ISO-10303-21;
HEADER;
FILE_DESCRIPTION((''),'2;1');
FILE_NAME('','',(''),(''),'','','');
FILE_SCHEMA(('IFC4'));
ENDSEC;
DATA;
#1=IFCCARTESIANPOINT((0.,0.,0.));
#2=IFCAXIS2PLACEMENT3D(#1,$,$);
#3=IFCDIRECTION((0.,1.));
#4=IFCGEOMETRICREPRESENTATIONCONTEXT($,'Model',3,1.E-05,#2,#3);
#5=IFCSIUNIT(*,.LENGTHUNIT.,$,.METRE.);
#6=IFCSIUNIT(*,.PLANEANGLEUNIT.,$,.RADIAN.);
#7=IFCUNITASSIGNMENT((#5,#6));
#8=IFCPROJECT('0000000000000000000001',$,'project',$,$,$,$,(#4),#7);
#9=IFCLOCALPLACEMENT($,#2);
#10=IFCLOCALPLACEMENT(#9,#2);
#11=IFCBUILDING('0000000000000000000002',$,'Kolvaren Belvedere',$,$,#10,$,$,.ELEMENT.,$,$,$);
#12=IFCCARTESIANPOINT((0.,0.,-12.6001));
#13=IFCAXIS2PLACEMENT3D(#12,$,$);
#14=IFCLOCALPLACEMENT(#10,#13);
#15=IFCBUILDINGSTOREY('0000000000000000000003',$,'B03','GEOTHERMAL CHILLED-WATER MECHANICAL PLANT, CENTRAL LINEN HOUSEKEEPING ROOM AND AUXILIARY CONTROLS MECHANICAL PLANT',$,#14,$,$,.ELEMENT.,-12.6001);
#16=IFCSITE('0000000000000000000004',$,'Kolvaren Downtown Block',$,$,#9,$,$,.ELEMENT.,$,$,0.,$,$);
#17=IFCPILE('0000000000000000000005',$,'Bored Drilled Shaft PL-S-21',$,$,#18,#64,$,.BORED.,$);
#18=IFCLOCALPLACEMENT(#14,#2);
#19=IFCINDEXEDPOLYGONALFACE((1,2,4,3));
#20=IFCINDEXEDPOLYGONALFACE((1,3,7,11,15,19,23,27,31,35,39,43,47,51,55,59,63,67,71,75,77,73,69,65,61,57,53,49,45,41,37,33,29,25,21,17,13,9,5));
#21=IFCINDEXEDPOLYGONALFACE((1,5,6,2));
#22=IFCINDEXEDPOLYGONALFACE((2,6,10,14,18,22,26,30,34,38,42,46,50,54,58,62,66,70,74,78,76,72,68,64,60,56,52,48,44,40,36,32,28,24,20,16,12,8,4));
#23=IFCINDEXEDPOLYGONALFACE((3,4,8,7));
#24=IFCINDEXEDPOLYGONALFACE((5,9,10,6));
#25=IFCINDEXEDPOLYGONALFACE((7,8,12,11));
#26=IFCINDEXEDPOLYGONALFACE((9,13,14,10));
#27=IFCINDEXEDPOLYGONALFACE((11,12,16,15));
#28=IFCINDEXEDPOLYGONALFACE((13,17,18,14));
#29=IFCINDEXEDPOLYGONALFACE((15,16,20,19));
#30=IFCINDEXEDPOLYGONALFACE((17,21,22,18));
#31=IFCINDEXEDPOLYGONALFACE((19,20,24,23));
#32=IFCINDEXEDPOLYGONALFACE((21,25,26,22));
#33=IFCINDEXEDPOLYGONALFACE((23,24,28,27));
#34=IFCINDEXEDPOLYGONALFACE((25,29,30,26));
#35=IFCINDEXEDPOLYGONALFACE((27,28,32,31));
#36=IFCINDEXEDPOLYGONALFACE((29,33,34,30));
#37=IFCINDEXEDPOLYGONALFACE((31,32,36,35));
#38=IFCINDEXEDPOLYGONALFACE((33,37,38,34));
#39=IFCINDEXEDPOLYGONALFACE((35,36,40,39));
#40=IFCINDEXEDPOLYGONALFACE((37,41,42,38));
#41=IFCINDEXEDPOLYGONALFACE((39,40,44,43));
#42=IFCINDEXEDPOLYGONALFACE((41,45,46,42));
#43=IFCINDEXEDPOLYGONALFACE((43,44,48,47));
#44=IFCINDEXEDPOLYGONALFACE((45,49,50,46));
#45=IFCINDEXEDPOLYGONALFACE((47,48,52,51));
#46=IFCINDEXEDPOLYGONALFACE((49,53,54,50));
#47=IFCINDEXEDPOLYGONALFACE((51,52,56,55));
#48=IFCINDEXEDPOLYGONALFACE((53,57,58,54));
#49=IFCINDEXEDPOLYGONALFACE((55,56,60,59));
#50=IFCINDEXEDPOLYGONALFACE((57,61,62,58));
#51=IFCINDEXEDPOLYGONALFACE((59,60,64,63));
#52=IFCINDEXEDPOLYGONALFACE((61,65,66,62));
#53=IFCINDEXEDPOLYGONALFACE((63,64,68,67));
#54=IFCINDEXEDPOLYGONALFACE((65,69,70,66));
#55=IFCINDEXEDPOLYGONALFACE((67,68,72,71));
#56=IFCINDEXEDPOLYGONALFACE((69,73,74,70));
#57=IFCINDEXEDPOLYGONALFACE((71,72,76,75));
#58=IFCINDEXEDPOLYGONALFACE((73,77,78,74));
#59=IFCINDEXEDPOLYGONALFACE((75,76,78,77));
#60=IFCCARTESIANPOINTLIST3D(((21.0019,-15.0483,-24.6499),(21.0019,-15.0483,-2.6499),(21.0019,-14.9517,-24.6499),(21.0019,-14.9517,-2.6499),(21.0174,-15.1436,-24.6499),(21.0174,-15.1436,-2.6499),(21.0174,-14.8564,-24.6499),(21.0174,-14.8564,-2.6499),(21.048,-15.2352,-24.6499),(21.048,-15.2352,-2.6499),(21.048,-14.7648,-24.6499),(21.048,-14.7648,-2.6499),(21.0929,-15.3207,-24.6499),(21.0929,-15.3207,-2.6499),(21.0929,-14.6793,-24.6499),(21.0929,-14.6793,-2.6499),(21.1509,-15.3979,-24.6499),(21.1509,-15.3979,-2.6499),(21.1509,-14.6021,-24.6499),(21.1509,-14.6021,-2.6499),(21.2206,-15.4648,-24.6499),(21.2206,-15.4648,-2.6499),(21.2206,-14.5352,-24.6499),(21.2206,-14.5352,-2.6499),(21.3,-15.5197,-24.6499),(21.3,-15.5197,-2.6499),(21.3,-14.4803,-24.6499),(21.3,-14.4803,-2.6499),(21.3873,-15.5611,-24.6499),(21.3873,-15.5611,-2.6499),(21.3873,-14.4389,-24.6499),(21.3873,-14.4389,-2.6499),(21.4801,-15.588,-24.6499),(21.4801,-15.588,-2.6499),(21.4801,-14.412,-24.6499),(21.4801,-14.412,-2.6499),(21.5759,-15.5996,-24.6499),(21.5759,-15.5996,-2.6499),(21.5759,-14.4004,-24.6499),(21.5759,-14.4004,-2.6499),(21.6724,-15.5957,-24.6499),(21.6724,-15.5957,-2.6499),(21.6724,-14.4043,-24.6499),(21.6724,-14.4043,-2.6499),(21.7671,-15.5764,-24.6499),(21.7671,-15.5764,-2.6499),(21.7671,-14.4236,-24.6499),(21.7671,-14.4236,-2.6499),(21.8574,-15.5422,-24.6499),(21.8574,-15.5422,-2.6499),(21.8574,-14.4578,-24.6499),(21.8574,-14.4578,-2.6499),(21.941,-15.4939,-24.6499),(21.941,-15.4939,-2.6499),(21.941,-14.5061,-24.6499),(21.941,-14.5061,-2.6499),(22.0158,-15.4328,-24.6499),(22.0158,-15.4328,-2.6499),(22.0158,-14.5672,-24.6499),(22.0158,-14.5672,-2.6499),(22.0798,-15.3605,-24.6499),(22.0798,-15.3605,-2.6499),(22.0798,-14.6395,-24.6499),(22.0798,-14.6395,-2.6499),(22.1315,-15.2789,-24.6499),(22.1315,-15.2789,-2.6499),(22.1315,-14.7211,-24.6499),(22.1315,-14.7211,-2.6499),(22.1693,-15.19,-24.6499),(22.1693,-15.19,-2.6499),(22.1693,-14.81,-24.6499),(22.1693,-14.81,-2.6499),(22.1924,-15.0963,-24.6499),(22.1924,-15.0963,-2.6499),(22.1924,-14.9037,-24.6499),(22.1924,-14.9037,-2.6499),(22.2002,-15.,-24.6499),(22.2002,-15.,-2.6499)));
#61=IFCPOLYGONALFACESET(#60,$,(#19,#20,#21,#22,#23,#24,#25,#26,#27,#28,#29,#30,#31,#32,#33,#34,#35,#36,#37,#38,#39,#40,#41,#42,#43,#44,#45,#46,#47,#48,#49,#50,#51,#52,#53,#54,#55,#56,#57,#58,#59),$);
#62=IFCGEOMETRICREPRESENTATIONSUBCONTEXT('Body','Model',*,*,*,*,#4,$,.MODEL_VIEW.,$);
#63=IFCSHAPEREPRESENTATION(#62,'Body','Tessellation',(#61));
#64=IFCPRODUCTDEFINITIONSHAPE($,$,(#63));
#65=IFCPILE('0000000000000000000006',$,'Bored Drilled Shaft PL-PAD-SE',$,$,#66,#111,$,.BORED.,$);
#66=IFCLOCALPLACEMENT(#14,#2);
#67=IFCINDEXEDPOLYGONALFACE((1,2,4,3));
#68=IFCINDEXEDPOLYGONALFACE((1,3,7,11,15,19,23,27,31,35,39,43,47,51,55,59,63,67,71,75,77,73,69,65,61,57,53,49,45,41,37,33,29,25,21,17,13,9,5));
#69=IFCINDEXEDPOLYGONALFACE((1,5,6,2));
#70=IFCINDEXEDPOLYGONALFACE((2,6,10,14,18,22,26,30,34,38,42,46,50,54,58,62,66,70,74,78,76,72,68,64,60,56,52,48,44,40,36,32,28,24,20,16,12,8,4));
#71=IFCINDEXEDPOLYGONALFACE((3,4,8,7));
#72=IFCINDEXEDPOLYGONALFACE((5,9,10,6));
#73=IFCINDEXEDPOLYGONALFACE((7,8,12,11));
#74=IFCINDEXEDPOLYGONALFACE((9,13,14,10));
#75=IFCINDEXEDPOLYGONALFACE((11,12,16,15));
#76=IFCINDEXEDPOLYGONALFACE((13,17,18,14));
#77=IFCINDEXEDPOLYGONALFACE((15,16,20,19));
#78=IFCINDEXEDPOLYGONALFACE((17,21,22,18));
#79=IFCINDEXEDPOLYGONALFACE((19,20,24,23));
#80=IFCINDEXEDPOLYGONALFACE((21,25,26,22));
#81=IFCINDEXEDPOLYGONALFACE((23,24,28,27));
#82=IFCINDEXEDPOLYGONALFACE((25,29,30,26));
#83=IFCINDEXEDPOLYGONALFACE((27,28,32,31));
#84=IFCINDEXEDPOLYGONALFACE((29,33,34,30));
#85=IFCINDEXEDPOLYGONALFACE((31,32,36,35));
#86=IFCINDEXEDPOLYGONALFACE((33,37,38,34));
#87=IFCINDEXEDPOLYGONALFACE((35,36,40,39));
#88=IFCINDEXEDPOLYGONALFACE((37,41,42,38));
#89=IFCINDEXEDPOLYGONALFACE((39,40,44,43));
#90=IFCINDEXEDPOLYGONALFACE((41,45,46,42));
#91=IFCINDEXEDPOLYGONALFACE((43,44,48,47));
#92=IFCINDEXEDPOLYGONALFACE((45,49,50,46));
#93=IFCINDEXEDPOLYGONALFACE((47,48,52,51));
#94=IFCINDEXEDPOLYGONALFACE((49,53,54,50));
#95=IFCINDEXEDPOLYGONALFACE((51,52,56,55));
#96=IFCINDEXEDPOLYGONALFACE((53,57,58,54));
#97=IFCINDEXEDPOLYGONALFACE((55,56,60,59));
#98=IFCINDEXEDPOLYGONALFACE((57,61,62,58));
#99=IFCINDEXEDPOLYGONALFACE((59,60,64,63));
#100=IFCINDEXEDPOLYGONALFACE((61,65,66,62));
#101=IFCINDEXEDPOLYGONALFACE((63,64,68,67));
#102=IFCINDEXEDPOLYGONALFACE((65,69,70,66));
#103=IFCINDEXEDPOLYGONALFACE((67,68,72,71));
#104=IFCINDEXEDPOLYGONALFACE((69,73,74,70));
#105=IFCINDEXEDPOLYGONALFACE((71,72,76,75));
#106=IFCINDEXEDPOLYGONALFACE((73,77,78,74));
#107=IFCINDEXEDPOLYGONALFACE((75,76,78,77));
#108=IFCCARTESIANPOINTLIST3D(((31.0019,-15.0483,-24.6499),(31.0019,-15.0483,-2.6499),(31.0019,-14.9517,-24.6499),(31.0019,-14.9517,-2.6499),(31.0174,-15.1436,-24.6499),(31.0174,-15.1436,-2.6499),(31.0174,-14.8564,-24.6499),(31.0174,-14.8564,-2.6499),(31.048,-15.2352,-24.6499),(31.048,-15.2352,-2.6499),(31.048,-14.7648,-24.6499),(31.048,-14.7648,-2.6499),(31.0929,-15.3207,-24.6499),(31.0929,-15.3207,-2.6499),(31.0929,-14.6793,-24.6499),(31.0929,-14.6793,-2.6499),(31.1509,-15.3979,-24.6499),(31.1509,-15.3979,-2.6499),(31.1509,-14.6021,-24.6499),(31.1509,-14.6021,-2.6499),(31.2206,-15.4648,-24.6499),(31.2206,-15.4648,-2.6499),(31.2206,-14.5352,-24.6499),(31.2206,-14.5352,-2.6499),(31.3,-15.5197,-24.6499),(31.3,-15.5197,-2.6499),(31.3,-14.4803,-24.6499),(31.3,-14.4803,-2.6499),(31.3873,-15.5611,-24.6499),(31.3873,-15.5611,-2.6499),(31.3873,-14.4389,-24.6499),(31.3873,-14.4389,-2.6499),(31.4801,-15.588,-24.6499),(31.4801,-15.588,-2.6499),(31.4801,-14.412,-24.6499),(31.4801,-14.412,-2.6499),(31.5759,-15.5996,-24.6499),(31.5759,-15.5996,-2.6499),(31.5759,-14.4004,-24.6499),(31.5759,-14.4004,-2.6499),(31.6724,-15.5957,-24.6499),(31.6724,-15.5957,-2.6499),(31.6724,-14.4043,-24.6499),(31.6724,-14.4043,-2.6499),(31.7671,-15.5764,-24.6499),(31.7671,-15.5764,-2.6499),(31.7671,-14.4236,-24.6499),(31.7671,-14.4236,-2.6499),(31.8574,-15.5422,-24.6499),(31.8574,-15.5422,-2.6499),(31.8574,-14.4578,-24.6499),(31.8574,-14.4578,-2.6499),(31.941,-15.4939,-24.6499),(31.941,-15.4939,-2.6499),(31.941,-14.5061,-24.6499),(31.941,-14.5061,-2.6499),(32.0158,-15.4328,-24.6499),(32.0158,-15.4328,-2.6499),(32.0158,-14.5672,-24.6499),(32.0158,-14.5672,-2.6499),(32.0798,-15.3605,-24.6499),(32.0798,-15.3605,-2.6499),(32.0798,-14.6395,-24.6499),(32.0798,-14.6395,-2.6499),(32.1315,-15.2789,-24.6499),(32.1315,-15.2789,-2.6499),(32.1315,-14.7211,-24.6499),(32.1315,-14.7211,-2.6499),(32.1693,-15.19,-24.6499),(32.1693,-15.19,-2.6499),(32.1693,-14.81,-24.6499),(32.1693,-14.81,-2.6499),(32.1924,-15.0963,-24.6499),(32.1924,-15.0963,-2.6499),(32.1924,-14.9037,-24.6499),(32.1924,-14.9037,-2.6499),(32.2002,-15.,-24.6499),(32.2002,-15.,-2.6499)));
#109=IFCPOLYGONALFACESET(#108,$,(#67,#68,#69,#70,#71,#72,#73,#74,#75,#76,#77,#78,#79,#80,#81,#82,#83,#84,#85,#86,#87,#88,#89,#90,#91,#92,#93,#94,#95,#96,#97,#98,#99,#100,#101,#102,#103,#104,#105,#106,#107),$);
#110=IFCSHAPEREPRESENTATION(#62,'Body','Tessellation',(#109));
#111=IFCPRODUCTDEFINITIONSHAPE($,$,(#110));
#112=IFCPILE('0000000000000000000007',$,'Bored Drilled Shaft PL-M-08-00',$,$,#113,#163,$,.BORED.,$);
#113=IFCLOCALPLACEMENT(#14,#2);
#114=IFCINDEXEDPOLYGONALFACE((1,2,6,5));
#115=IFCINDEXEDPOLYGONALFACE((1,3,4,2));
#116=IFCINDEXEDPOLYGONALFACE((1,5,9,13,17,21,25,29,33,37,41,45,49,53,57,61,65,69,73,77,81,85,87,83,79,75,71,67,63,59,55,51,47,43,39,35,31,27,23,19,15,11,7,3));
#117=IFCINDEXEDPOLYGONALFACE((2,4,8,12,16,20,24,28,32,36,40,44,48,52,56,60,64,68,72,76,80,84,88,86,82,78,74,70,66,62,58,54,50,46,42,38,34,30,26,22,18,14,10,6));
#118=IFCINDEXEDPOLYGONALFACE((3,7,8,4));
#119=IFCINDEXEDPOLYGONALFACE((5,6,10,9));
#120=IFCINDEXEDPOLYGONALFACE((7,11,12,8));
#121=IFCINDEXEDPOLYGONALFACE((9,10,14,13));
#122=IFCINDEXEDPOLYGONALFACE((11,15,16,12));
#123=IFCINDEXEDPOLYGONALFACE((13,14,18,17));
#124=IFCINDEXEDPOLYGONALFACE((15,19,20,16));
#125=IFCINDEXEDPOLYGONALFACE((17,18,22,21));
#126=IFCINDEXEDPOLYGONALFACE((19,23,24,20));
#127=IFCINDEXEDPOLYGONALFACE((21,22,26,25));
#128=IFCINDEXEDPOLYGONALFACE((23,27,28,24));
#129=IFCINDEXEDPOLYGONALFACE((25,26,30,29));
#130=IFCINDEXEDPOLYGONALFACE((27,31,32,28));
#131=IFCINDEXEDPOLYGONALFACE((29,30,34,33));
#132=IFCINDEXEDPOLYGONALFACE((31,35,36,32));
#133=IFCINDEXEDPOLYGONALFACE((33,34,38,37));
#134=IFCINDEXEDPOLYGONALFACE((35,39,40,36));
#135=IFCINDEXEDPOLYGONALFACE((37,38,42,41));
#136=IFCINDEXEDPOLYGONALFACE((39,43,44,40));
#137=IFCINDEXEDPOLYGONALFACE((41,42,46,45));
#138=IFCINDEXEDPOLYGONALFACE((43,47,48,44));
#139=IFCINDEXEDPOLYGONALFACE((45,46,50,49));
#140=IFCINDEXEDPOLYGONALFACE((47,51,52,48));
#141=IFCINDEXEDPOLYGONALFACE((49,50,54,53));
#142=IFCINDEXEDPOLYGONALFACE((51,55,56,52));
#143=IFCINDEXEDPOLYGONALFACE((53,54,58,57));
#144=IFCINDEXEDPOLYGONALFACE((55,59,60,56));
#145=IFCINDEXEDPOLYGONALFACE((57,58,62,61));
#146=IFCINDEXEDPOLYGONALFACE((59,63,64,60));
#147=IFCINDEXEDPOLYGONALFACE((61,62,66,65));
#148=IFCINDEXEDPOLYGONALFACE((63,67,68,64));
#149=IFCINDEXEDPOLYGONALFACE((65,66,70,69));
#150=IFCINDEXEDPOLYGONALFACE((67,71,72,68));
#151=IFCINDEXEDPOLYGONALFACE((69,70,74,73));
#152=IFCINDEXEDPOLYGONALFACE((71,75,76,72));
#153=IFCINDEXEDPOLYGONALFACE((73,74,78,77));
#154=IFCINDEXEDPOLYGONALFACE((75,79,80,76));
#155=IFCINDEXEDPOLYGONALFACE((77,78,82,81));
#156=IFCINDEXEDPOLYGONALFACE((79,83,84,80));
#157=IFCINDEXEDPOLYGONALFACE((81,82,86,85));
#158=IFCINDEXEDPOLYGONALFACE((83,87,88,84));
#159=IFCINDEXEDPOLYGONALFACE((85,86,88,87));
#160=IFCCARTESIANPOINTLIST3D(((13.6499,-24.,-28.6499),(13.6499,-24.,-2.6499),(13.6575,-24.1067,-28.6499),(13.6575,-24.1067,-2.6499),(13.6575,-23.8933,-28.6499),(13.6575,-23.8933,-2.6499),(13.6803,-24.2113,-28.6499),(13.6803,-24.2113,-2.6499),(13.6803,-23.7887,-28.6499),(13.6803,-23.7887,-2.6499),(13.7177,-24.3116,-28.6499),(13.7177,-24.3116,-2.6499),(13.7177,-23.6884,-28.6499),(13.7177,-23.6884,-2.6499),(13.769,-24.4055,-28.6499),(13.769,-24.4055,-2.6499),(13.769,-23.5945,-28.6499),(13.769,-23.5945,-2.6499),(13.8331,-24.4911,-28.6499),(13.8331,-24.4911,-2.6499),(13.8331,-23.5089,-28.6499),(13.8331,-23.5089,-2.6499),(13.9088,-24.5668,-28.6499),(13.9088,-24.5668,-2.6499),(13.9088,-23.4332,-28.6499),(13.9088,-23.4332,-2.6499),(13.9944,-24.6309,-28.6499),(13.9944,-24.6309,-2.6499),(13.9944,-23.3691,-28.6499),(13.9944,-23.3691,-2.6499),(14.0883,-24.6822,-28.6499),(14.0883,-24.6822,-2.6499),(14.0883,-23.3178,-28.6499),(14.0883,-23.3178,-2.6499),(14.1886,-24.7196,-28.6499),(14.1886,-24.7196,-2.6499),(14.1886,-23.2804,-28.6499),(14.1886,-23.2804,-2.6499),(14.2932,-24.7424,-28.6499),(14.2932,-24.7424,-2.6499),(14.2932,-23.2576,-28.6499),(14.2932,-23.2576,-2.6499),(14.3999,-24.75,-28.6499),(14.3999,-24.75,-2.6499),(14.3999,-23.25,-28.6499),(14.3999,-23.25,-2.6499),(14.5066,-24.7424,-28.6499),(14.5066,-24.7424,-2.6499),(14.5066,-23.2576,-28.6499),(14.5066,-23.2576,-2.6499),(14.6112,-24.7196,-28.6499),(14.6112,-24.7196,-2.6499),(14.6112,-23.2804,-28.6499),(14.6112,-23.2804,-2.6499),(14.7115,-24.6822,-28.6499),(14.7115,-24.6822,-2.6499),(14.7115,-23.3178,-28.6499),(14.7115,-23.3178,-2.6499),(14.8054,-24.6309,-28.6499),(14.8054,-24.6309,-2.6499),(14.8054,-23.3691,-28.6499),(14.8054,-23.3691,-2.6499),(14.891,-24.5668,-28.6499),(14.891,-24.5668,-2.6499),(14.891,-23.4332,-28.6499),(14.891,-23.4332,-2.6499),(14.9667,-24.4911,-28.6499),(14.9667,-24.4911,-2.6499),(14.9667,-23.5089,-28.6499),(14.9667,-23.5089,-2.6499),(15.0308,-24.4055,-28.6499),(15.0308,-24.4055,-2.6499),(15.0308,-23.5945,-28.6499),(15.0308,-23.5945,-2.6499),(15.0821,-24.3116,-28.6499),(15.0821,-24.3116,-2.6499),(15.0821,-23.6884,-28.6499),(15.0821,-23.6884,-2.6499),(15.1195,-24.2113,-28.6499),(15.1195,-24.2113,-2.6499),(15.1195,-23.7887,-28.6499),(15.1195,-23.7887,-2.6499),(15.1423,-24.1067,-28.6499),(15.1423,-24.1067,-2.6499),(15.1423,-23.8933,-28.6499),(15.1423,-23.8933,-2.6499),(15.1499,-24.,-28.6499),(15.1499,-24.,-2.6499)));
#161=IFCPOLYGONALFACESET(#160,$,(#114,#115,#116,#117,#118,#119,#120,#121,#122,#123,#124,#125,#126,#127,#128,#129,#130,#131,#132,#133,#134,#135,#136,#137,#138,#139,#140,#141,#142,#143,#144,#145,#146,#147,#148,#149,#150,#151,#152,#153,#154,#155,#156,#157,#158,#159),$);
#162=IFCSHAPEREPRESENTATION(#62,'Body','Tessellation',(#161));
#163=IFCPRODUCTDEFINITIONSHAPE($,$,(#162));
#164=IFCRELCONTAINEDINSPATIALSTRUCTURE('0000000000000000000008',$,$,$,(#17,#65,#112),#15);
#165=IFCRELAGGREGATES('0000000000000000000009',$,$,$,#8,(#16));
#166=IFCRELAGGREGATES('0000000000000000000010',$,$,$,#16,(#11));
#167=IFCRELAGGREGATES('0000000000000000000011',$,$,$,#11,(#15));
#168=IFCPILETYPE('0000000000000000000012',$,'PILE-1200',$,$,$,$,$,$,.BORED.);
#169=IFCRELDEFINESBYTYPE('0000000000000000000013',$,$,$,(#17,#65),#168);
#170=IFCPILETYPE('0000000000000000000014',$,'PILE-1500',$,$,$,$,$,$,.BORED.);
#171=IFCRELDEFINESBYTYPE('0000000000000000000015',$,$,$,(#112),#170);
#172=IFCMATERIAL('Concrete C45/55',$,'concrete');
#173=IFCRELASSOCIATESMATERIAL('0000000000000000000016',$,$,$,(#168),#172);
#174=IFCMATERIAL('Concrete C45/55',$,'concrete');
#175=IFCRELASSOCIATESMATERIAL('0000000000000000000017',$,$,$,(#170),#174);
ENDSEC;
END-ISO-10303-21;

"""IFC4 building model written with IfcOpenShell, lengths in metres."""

from ifc_helpers import new_model, si_unit, direction, frame, origin, origin_2d, place, context, subcontext, project, spatial, circle, extrude, material, material_profile, profile_set, type_object, element, save


model = new_model("IFC4")

# Units and contexts
model_context = context("Model", 3, precision=1e-05, world=origin(), true_north=direction((0.0, 1.0)))
body_context = subcontext(model_context, "Body", "Model", "MODEL_VIEW")
ifc_project = project(units=[si_unit("LENGTHUNIT", "METRE"), si_unit("PLANEANGLEUNIT", "RADIAN")], contexts=[model_context])

# Site, building, storey
site_placement = place(None, origin())
site = spatial("IfcSite", under=ifc_project, at=site_placement, Name="Kolvaren Downtown Block", CompositionType="ELEMENT", RefElevation=0.0)
building_placement = place(site_placement, origin())
building = spatial("IfcBuilding", under=site, at=building_placement, Name="Kolvaren Belvedere", CompositionType="ELEMENT")
storey_placement = place(building_placement, frame((0.0, 0.0, -12.6001)))
storey = spatial("IfcBuildingStorey", under=building, at=storey_placement, Name="B03", Description="GEOTHERMAL CHILLED-WATER MECHANICAL PLANT, CENTRAL LINEN HOUSEKEEPING ROOM AND AUXILIARY CONTROLS MECHANICAL PLANT", CompositionType="ELEMENT", Elevation=-12.6001)

# Piles
ifc_material_1 = material(Name="Concrete C45/55", Category="concrete")
ifc_material_profile_1 = material_profile(ifc_material_1, circle(Radius=0.6001, at=origin_2d()), Name="BORED PILE D1200")
ifc_profile_set_1 = profile_set([ifc_material_profile_1], Name="Concrete C45/55")
pile_type_1 = type_object("IfcPileType", Name="PILE-1200", PredefinedType="BORED", material=ifc_profile_set_1)
for number, where, z_axis, x_axis, name in (
    (1, (21.6001, -15.0, -2.6499), (0.0, 0.0, -1.0), (1.0, 0.0, 0.0), "Bored Drilled Shaft PL-S-21"),
    (2, (31.6001, -15.0, -2.6499), (0.0, 0.0, -1.0), (1.0, 0.0, 0.0), "Bored Drilled Shaft PL-PAD-SE"),
):
    element("IfcPile", number, at=place(storey_placement, frame(where, z_axis=z_axis, x_axis=x_axis)), inside=storey, type_object=pile_type_1, Name=name, PredefinedType="BORED", context=body_context, shape_type="SweptSolid", body=[
        extrude(circle(Radius=0.6001, at=origin_2d()), origin(), (0.0, 0.0, 1.0), 22.0),
    ])
ifc_material_2 = material(Name="Concrete C45/55", Category="concrete")
ifc_material_profile_2 = material_profile(ifc_material_2, circle(Radius=0.75, at=origin_2d()), Name="BORED PILE D1500")
ifc_profile_set_2 = profile_set([ifc_material_profile_2], Name="Concrete C45/55")
pile_type_2 = type_object("IfcPileType", Name="PILE-1500", PredefinedType="BORED", material=ifc_profile_set_2)
for number, where, z_axis, x_axis, name in (
    (3, (14.3999, -24.0, -2.6499), (0.0, 0.0, -1.0), (1.0, 0.0, 0.0), "Bored Drilled Shaft PL-M-08-00"),
):
    element("IfcPile", number, at=place(storey_placement, frame(where, z_axis=z_axis, x_axis=x_axis)), inside=storey, type_object=pile_type_2, Name=name, PredefinedType="BORED", context=body_context, shape_type="SweptSolid", body=[
        extrude(circle(Radius=0.75, at=origin_2d()), origin(), (0.0, 0.0, 1.0), 26.0),
    ])

save(model, "model.ifc")
